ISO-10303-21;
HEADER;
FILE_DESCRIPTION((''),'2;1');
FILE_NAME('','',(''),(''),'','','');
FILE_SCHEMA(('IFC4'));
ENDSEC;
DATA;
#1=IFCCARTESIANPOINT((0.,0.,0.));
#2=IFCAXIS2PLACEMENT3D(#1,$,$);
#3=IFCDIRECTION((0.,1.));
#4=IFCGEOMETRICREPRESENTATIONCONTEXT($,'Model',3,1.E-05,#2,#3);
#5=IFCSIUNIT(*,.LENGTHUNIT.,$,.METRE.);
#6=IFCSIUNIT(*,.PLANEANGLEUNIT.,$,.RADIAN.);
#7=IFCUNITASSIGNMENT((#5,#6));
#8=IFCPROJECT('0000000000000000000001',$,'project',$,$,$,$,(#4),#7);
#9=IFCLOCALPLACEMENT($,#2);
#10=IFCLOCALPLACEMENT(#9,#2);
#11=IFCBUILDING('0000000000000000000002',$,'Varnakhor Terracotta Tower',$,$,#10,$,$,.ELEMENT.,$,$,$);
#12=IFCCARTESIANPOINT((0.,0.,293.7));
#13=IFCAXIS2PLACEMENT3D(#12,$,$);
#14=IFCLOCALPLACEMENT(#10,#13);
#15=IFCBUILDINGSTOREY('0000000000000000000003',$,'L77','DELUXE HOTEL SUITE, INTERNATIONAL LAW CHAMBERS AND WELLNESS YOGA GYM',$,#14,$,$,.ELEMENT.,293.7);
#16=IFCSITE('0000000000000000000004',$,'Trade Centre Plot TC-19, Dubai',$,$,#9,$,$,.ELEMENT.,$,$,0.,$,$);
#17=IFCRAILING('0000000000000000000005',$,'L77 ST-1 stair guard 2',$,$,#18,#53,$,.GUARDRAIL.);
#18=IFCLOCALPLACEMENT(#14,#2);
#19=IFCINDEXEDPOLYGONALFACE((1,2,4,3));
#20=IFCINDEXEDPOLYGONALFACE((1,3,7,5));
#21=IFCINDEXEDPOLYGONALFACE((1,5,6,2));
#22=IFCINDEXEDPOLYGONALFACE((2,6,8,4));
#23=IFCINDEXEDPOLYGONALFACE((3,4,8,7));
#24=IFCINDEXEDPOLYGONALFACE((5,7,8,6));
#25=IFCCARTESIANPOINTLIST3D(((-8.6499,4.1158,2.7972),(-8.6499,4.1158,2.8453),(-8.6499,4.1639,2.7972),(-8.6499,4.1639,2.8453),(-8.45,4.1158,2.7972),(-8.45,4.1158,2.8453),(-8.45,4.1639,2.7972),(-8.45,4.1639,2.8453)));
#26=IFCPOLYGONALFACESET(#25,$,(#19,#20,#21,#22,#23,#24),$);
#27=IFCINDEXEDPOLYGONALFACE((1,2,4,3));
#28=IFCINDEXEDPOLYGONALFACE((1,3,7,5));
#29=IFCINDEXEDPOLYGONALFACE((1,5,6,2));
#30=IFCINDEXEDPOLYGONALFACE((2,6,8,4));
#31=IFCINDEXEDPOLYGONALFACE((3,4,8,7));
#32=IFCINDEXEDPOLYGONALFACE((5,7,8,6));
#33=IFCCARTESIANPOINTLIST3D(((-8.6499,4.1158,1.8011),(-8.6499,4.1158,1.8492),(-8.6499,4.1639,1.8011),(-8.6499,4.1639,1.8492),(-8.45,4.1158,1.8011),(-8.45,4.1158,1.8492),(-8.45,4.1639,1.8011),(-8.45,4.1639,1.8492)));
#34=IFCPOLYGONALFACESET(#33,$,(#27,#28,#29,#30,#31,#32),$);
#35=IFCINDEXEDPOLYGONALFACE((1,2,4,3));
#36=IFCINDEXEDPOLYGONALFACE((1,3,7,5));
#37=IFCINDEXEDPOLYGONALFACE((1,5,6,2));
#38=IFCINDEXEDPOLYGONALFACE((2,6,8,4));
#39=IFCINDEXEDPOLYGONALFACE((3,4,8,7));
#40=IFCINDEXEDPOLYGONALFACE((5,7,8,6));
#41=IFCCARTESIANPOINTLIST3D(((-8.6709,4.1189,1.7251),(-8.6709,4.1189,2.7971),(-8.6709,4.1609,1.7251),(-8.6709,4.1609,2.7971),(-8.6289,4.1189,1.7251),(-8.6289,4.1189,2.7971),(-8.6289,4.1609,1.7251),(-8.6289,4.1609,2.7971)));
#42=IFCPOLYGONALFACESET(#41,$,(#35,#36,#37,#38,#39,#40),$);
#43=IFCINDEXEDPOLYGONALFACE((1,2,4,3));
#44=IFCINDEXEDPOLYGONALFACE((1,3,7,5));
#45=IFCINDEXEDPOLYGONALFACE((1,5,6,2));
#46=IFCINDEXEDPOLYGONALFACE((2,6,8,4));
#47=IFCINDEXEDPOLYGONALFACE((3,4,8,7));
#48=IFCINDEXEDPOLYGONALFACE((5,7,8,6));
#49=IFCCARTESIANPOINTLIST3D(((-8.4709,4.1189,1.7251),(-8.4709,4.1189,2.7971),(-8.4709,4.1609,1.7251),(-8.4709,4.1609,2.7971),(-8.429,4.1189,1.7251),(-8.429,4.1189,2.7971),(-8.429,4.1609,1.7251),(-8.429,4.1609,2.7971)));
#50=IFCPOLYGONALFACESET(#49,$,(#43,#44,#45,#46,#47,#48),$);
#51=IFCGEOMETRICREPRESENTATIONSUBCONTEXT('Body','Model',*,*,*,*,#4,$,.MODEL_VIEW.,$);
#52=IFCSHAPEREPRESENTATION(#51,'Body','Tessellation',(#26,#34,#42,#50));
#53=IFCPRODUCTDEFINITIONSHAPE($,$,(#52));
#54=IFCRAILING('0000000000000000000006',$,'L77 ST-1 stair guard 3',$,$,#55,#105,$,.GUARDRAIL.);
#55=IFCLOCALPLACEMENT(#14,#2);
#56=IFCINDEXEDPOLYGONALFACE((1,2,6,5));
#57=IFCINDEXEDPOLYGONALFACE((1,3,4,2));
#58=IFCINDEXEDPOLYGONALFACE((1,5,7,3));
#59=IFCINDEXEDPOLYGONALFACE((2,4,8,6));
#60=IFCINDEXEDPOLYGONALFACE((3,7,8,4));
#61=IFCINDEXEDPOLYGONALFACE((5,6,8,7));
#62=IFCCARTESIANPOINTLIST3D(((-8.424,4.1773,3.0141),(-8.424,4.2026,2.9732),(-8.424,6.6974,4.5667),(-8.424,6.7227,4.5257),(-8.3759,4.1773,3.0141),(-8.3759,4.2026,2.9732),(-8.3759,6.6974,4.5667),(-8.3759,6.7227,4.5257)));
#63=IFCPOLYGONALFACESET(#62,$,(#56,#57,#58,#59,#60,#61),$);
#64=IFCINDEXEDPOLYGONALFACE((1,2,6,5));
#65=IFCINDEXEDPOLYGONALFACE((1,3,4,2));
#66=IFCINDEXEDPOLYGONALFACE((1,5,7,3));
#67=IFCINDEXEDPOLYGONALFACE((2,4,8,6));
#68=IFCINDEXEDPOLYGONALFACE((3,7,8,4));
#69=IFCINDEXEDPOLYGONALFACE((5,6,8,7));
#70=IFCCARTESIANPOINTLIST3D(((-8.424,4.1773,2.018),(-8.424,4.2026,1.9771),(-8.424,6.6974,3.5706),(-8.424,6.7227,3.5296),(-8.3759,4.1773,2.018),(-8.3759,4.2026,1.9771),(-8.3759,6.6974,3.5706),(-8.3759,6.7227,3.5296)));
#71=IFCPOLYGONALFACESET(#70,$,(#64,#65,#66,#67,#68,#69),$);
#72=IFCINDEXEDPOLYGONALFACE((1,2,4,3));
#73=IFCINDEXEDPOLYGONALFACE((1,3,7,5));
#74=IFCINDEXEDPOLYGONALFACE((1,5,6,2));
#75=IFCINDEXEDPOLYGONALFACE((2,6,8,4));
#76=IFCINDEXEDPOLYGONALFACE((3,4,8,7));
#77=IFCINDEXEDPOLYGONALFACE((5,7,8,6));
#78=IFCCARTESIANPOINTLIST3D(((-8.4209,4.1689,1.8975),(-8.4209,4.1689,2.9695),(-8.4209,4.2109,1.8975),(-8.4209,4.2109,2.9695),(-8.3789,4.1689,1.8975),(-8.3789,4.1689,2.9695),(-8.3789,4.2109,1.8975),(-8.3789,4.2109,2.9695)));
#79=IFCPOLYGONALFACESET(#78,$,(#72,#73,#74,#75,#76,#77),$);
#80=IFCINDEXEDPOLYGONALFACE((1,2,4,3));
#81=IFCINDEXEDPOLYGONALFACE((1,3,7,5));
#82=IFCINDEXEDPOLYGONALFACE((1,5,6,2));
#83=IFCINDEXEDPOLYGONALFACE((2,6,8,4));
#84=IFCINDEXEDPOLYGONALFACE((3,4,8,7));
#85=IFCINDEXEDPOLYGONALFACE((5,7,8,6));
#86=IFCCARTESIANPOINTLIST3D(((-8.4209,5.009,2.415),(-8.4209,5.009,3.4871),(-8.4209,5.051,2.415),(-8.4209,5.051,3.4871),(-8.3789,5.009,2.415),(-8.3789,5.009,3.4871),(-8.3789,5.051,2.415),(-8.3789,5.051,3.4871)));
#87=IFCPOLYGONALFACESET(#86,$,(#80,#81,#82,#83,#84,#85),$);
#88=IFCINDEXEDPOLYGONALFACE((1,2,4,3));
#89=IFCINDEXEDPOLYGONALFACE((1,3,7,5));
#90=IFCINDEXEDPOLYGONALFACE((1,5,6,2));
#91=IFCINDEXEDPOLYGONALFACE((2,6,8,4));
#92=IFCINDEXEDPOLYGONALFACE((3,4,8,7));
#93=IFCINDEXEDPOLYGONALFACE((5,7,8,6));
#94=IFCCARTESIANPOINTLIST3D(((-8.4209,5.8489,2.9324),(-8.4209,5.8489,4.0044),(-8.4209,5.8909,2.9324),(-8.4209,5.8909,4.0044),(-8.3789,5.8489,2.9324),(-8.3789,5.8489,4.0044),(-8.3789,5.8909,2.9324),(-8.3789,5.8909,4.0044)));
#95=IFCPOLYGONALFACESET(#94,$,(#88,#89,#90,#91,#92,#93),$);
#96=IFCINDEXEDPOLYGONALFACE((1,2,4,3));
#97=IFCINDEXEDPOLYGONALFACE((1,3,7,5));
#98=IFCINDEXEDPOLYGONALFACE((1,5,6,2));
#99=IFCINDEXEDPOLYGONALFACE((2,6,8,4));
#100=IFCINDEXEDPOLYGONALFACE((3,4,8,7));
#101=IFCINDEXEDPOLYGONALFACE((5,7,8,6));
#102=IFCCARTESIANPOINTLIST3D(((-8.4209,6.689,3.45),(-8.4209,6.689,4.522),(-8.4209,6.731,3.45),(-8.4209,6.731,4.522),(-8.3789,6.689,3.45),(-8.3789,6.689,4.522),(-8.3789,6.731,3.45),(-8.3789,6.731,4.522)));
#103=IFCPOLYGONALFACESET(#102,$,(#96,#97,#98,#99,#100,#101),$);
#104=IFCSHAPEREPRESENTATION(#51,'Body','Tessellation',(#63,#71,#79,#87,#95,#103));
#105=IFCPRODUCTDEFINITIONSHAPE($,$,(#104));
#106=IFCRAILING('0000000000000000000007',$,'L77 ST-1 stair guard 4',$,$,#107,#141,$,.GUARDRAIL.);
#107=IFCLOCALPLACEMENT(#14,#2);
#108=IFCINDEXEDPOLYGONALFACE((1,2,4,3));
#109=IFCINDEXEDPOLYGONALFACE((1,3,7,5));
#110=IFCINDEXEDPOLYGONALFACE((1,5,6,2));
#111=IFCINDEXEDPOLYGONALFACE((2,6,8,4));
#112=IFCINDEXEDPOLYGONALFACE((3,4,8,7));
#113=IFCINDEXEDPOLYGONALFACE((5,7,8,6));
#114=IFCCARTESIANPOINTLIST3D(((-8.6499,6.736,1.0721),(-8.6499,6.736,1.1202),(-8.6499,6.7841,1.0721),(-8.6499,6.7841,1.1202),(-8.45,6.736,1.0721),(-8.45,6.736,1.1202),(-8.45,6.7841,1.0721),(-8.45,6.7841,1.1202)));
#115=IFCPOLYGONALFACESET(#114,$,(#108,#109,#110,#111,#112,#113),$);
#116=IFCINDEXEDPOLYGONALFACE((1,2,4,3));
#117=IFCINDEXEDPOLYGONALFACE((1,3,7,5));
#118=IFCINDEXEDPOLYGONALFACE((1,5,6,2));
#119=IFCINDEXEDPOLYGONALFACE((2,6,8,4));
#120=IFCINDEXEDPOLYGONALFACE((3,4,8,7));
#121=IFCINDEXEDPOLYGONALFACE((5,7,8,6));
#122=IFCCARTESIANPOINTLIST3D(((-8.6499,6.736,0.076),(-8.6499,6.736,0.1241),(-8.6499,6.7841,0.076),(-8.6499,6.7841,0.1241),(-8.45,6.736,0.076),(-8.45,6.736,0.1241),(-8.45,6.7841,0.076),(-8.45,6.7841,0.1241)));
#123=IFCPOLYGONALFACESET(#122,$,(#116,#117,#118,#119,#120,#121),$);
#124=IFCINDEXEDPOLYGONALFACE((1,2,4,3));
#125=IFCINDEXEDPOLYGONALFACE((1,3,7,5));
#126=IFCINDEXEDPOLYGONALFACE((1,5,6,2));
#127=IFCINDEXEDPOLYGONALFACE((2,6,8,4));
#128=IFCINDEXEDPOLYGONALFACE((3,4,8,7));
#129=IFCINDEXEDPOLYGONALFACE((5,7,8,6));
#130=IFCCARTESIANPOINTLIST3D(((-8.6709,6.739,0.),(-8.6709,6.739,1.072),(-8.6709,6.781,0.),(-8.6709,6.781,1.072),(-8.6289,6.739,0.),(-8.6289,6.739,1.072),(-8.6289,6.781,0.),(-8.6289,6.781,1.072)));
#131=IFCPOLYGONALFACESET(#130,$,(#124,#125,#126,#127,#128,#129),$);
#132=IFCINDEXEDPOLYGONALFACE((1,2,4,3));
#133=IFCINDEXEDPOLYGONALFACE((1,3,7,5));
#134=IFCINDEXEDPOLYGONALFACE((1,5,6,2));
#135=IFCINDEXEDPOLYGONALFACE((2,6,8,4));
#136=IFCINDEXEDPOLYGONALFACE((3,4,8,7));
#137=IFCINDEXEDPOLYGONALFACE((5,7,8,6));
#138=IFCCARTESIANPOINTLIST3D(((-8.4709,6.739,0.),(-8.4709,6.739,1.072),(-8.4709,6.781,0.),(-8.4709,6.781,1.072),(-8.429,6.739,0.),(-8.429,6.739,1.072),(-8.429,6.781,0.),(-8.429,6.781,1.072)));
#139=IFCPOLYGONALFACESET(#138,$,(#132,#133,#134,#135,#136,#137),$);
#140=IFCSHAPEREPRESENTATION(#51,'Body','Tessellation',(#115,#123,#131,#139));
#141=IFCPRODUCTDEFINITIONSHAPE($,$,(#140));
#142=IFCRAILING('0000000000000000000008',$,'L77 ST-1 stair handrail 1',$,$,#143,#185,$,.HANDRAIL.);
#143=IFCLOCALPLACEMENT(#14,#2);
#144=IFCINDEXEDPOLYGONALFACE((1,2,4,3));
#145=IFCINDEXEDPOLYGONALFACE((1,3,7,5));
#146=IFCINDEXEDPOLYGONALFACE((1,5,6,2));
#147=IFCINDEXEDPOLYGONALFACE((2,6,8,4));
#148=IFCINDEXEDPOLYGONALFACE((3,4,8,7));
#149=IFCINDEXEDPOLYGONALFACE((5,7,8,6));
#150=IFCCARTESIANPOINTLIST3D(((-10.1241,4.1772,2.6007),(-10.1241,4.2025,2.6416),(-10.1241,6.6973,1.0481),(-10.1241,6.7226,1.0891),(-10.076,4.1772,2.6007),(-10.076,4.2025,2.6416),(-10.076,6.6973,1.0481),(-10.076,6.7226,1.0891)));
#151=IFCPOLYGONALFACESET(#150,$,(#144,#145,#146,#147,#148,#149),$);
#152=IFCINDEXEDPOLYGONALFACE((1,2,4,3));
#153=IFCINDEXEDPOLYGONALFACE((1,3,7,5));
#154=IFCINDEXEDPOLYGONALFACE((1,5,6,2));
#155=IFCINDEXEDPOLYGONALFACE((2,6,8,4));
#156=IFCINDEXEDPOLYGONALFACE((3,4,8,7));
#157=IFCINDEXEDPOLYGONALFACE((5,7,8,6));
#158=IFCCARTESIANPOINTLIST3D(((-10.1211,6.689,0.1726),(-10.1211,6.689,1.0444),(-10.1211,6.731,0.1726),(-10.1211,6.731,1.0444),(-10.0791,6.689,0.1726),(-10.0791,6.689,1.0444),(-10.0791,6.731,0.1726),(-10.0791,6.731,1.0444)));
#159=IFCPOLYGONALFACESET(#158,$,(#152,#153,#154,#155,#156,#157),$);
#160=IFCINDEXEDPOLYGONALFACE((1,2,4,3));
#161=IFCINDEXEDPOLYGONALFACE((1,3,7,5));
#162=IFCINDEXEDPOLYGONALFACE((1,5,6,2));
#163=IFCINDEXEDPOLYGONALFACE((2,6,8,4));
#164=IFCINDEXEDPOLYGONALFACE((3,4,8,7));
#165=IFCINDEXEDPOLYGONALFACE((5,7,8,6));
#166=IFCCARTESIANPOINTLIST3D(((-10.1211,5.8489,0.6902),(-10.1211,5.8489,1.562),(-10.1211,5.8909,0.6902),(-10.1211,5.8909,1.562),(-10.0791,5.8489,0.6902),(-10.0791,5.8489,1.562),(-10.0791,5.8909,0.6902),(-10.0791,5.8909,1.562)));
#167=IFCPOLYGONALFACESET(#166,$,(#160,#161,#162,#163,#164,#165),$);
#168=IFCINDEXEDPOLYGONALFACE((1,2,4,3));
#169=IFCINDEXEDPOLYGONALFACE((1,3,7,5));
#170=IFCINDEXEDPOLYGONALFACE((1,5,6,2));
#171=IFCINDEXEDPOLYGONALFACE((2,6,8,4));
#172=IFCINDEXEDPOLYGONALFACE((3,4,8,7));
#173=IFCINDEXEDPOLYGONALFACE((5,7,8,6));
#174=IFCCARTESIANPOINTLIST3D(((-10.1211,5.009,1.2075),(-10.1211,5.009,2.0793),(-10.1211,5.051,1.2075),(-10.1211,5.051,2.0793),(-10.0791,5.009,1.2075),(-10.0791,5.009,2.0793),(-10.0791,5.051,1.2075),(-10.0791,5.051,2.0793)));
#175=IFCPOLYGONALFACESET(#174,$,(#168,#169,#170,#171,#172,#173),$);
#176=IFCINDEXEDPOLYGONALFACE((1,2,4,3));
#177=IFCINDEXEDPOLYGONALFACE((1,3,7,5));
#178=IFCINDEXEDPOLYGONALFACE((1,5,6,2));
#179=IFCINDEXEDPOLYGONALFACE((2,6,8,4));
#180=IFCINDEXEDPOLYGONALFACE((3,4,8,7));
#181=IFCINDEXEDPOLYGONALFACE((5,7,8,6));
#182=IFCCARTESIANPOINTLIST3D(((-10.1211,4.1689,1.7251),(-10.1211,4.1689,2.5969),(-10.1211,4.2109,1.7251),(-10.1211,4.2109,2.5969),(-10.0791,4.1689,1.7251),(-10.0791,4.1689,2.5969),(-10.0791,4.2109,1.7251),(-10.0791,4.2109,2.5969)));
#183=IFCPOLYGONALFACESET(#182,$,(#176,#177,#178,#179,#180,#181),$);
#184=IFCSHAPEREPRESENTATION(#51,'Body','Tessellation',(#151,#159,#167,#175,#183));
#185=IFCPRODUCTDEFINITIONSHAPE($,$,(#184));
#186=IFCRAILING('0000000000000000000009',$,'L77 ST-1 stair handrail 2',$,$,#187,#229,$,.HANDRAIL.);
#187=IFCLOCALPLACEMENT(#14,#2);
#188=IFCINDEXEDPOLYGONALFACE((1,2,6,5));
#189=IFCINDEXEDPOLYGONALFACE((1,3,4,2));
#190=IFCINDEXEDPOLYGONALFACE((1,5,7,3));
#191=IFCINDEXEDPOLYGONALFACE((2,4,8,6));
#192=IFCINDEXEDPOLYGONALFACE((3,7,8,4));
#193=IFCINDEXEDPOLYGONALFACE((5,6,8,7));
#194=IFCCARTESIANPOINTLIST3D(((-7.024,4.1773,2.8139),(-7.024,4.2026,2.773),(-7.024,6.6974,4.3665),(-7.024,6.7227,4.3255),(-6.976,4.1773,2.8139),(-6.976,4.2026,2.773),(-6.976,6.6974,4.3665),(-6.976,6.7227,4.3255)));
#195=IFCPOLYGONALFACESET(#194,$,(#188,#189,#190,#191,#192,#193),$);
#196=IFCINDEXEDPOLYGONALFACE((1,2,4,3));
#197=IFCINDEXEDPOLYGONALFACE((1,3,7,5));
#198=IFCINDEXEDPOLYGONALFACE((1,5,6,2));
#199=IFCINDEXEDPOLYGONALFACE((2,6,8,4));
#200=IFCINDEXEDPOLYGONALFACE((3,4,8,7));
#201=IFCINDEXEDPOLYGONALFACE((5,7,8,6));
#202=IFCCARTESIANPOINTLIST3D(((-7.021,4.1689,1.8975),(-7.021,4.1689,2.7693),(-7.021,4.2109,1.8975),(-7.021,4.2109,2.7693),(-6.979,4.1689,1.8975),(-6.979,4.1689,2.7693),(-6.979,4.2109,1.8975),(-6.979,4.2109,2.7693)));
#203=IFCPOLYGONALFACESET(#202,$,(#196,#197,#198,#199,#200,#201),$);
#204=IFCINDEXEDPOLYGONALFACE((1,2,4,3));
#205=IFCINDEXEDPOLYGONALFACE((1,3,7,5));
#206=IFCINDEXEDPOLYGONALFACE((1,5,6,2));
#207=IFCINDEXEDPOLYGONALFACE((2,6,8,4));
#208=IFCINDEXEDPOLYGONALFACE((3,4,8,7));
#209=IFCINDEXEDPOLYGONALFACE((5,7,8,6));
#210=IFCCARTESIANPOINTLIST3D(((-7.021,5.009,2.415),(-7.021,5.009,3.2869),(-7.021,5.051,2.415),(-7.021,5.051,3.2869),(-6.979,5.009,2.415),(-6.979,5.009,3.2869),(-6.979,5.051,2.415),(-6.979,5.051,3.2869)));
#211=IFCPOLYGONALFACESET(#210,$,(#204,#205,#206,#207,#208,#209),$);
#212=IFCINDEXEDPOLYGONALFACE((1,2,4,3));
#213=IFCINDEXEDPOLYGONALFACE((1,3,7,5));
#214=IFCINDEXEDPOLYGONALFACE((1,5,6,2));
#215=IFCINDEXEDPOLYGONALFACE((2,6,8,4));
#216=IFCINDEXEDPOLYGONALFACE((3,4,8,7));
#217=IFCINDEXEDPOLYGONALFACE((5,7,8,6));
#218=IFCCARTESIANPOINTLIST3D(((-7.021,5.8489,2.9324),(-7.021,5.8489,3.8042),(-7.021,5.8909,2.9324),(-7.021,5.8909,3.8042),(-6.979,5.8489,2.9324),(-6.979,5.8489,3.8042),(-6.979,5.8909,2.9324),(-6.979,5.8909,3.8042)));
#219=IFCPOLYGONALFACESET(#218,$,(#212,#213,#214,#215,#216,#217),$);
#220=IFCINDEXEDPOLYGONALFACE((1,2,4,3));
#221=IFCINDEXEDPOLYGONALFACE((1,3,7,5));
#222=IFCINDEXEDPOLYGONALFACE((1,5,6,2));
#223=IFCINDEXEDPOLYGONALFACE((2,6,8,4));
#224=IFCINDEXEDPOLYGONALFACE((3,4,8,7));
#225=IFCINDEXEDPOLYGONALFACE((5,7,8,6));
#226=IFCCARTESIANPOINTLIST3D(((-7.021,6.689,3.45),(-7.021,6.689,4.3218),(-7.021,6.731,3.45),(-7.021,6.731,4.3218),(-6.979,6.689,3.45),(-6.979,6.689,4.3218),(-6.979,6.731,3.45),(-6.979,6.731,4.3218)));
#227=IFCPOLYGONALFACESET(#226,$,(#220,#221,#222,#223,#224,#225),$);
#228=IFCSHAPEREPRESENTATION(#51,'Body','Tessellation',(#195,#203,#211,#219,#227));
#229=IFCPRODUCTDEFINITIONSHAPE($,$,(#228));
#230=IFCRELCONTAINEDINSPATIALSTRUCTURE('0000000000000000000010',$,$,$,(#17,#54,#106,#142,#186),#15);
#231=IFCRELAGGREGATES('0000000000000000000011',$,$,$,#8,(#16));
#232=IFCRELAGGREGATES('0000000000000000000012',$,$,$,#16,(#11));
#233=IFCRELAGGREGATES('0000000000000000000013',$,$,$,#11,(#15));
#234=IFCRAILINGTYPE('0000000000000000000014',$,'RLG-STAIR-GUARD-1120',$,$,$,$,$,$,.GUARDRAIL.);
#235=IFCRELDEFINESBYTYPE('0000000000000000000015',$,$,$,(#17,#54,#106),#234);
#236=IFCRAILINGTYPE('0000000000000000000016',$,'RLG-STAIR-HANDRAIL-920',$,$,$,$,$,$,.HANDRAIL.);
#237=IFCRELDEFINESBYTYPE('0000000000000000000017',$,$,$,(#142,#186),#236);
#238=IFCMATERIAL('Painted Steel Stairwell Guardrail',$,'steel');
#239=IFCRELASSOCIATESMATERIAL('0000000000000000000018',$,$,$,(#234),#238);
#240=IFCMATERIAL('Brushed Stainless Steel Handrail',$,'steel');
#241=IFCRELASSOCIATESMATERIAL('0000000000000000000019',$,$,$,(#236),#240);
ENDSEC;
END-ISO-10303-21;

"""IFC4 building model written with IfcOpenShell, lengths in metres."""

from ifc_helpers import new_model, si_unit, direction, frame, origin, origin_2d, place, context, subcontext, project, spatial, rectangle, extrude, material, type_object, element, save


model = new_model("IFC4")

# Units and contexts
model_context = context("Model", 3, precision=1e-05, world=origin(), true_north=direction((0.0, 1.0)))
body_context = subcontext(model_context, "Body", "Model", "MODEL_VIEW")
ifc_project = project(units=[si_unit("LENGTHUNIT", "METRE"), si_unit("PLANEANGLEUNIT", "RADIAN")], contexts=[model_context])

# Site, building, storey
site_placement = place(None, origin())
site = spatial("IfcSite", under=ifc_project, at=site_placement, Name="Trade Centre Plot TC-19, Dubai", CompositionType="ELEMENT", RefElevation=0.0)
building_placement = place(site_placement, origin())
building = spatial("IfcBuilding", under=site, at=building_placement, Name="Varnakhor Terracotta Tower", CompositionType="ELEMENT")
storey_placement = place(building_placement, frame((0.0, 0.0, 293.7)))
storey = spatial("IfcBuildingStorey", under=building, at=storey_placement, Name="L77", Description="DELUXE HOTEL SUITE, INTERNATIONAL LAW CHAMBERS AND WELLNESS YOGA GYM", CompositionType="ELEMENT", Elevation=293.7)

# Railings
ifc_material_1 = material(Name="Painted Steel Stairwell Guardrail", Category="steel")
railing_type_1 = type_object("IfcRailingType", Name="RLG-STAIR-GUARD-1120", PredefinedType="GUARDRAIL", material=ifc_material_1)
railing_1_placement = place(storey_placement, frame((-8.6499, 4.1399, 1.7251)))
element("IfcRailing", 1, at=railing_1_placement, inside=storey, type_object=railing_type_1, Name="L77 ST-1 stair guard 2", PredefinedType="GUARDRAIL", context=body_context, shape_type="SweptSolid", body=[
    extrude(rectangle(XDim=0.0481, YDim=0.0481, at=origin_2d()), frame((0.0, 0.0, 1.0962), z_axis=(1.0, 0.0, 0.0), x_axis=(0.0, 1.0, 0.0)), (0.0, 0.0, 1.0), 0.2),
    extrude(rectangle(XDim=0.0481, YDim=0.0481, at=origin_2d()), frame((0.0, 0.0, 0.1001), z_axis=(1.0, 0.0, 0.0), x_axis=(0.0, 1.0, 0.0)), (0.0, 0.0, 1.0), 0.2),
    extrude(rectangle(XDim=0.042, YDim=0.042, at=origin_2d()), origin(), (0.0, 0.0, 1.0), 1.072),
    extrude(rectangle(XDim=0.042, YDim=0.042, at=origin_2d()), frame((0.2, 0.0, 0.0)), (0.0, 0.0, 1.0), 1.072),
])
railing_2_placement = place(storey_placement, frame((-8.3999, 4.1899, 1.8975)))
element("IfcRailing", 2, at=railing_2_placement, inside=storey, type_object=railing_type_1, Name="L77 ST-1 stair guard 3", PredefinedType="GUARDRAIL", context=body_context, shape_type="SweptSolid", body=[
    extrude(rectangle(XDim=0.0481, YDim=0.0481, at=origin_2d()), frame((0.0, 0.0, 1.0962), z_axis=(0.0, 0.8514, 0.524516), x_axis=(-1.0, 0.0, 0.0)), (0.0, 0.0, 1.0), 2.96),
    extrude(rectangle(XDim=0.0481, YDim=0.0481, at=origin_2d()), frame((0.0, 0.0, 0.1001), z_axis=(0.0, 0.8514, 0.524516), x_axis=(-1.0, 0.0, 0.0)), (0.0, 0.0, 1.0), 2.96),
    extrude(rectangle(XDim=0.042, YDim=0.042, at=origin_2d()), origin(), (0.0, 0.0, 1.0), 1.072),
    extrude(rectangle(XDim=0.042, YDim=0.042, at=origin_2d()), frame((0.0, 0.8401, 0.5176)), (0.0, 0.0, 1.0), 1.072),
    extrude(rectangle(XDim=0.042, YDim=0.042, at=origin_2d()), frame((0.0, 1.6799, 1.0349)), (0.0, 0.0, 1.0), 1.072),
    extrude(rectangle(XDim=0.042, YDim=0.042, at=origin_2d()), frame((0.0, 2.52, 1.5525)), (0.0, 0.0, 1.0), 1.072),
])
railing_3_placement = place(storey_placement, frame((-8.6499, 6.76, 0.0)))
element("IfcRailing", 3, at=railing_3_placement, inside=storey, type_object=railing_type_1, Name="L77 ST-1 stair guard 4", PredefinedType="GUARDRAIL", context=body_context, shape_type="SweptSolid", body=[
    extrude(rectangle(XDim=0.0481, YDim=0.0481, at=origin_2d()), frame((0.0, 0.0, 1.0962), z_axis=(1.0, 0.0, 0.0), x_axis=(0.0, 1.0, 0.0)), (0.0, 0.0, 1.0), 0.2),
    extrude(rectangle(XDim=0.0481, YDim=0.0481, at=origin_2d()), frame((0.0, 0.0, 0.1001), z_axis=(1.0, 0.0, 0.0), x_axis=(0.0, 1.0, 0.0)), (0.0, 0.0, 1.0), 0.2),
    extrude(rectangle(XDim=0.042, YDim=0.042, at=origin_2d()), origin(), (0.0, 0.0, 1.0), 1.072),
    extrude(rectangle(XDim=0.042, YDim=0.042, at=origin_2d()), frame((0.2, 0.0, 0.0)), (0.0, 0.0, 1.0), 1.072),
])
ifc_material_2 = material(Name="Brushed Stainless Steel Handrail", Category="steel")
railing_type_2 = type_object("IfcRailingType", Name="RLG-STAIR-HANDRAIL-920", PredefinedType="HANDRAIL", material=ifc_material_2)
railing_4_placement = place(storey_placement, frame((-10.1001, 6.71, 0.1726)))
element("IfcRailing", 4, at=railing_4_placement, inside=storey, type_object=railing_type_2, Name="L77 ST-1 stair handrail 1", PredefinedType="HANDRAIL", context=body_context, shape_type="SweptSolid", body=[
    extrude(rectangle(XDim=0.0481, YDim=0.0481, at=origin_2d()), frame((0.0, 0.0, 0.896), z_axis=(0.0, -0.8514, 0.524516), x_axis=(1.0, 0.0, 0.0)), (0.0, 0.0, 1.0), 2.96),
    extrude(rectangle(XDim=0.042, YDim=0.042, at=origin_2d()), origin(), (0.0, 0.0, 1.0), 0.8718),
    extrude(rectangle(XDim=0.042, YDim=0.042, at=origin_2d()), frame((0.0, -0.8401, 0.5176)), (0.0, 0.0, 1.0), 0.8718),
    extrude(rectangle(XDim=0.042, YDim=0.042, at=origin_2d()), frame((0.0, -1.6799, 1.0349)), (0.0, 0.0, 1.0), 0.8718),
    extrude(rectangle(XDim=0.042, YDim=0.042, at=origin_2d()), frame((0.0, -2.52, 1.5525)), (0.0, 0.0, 1.0), 0.8718),
])
railing_5_placement = place(storey_placement, frame((-7.0, 4.1899, 1.8975)))
element("IfcRailing", 5, at=railing_5_placement, inside=storey, type_object=railing_type_2, Name="L77 ST-1 stair handrail 2", PredefinedType="HANDRAIL", context=body_context, shape_type="SweptSolid", body=[
    extrude(rectangle(XDim=0.0481, YDim=0.0481, at=origin_2d()), frame((0.0, 0.0, 0.896), z_axis=(0.0, 0.8514, 0.524516), x_axis=(-1.0, 0.0, 0.0)), (0.0, 0.0, 1.0), 2.96),
    extrude(rectangle(XDim=0.042, YDim=0.042, at=origin_2d()), origin(), (0.0, 0.0, 1.0), 0.8718),
    extrude(rectangle(XDim=0.042, YDim=0.042, at=origin_2d()), frame((0.0, 0.8401, 0.5176)), (0.0, 0.0, 1.0), 0.8718),
    extrude(rectangle(XDim=0.042, YDim=0.042, at=origin_2d()), frame((0.0, 1.6799, 1.0349)), (0.0, 0.0, 1.0), 0.8718),
    extrude(rectangle(XDim=0.042, YDim=0.042, at=origin_2d()), frame((0.0, 2.52, 1.5525)), (0.0, 0.0, 1.0), 0.8718),
])

save(model, "model.ifc")
